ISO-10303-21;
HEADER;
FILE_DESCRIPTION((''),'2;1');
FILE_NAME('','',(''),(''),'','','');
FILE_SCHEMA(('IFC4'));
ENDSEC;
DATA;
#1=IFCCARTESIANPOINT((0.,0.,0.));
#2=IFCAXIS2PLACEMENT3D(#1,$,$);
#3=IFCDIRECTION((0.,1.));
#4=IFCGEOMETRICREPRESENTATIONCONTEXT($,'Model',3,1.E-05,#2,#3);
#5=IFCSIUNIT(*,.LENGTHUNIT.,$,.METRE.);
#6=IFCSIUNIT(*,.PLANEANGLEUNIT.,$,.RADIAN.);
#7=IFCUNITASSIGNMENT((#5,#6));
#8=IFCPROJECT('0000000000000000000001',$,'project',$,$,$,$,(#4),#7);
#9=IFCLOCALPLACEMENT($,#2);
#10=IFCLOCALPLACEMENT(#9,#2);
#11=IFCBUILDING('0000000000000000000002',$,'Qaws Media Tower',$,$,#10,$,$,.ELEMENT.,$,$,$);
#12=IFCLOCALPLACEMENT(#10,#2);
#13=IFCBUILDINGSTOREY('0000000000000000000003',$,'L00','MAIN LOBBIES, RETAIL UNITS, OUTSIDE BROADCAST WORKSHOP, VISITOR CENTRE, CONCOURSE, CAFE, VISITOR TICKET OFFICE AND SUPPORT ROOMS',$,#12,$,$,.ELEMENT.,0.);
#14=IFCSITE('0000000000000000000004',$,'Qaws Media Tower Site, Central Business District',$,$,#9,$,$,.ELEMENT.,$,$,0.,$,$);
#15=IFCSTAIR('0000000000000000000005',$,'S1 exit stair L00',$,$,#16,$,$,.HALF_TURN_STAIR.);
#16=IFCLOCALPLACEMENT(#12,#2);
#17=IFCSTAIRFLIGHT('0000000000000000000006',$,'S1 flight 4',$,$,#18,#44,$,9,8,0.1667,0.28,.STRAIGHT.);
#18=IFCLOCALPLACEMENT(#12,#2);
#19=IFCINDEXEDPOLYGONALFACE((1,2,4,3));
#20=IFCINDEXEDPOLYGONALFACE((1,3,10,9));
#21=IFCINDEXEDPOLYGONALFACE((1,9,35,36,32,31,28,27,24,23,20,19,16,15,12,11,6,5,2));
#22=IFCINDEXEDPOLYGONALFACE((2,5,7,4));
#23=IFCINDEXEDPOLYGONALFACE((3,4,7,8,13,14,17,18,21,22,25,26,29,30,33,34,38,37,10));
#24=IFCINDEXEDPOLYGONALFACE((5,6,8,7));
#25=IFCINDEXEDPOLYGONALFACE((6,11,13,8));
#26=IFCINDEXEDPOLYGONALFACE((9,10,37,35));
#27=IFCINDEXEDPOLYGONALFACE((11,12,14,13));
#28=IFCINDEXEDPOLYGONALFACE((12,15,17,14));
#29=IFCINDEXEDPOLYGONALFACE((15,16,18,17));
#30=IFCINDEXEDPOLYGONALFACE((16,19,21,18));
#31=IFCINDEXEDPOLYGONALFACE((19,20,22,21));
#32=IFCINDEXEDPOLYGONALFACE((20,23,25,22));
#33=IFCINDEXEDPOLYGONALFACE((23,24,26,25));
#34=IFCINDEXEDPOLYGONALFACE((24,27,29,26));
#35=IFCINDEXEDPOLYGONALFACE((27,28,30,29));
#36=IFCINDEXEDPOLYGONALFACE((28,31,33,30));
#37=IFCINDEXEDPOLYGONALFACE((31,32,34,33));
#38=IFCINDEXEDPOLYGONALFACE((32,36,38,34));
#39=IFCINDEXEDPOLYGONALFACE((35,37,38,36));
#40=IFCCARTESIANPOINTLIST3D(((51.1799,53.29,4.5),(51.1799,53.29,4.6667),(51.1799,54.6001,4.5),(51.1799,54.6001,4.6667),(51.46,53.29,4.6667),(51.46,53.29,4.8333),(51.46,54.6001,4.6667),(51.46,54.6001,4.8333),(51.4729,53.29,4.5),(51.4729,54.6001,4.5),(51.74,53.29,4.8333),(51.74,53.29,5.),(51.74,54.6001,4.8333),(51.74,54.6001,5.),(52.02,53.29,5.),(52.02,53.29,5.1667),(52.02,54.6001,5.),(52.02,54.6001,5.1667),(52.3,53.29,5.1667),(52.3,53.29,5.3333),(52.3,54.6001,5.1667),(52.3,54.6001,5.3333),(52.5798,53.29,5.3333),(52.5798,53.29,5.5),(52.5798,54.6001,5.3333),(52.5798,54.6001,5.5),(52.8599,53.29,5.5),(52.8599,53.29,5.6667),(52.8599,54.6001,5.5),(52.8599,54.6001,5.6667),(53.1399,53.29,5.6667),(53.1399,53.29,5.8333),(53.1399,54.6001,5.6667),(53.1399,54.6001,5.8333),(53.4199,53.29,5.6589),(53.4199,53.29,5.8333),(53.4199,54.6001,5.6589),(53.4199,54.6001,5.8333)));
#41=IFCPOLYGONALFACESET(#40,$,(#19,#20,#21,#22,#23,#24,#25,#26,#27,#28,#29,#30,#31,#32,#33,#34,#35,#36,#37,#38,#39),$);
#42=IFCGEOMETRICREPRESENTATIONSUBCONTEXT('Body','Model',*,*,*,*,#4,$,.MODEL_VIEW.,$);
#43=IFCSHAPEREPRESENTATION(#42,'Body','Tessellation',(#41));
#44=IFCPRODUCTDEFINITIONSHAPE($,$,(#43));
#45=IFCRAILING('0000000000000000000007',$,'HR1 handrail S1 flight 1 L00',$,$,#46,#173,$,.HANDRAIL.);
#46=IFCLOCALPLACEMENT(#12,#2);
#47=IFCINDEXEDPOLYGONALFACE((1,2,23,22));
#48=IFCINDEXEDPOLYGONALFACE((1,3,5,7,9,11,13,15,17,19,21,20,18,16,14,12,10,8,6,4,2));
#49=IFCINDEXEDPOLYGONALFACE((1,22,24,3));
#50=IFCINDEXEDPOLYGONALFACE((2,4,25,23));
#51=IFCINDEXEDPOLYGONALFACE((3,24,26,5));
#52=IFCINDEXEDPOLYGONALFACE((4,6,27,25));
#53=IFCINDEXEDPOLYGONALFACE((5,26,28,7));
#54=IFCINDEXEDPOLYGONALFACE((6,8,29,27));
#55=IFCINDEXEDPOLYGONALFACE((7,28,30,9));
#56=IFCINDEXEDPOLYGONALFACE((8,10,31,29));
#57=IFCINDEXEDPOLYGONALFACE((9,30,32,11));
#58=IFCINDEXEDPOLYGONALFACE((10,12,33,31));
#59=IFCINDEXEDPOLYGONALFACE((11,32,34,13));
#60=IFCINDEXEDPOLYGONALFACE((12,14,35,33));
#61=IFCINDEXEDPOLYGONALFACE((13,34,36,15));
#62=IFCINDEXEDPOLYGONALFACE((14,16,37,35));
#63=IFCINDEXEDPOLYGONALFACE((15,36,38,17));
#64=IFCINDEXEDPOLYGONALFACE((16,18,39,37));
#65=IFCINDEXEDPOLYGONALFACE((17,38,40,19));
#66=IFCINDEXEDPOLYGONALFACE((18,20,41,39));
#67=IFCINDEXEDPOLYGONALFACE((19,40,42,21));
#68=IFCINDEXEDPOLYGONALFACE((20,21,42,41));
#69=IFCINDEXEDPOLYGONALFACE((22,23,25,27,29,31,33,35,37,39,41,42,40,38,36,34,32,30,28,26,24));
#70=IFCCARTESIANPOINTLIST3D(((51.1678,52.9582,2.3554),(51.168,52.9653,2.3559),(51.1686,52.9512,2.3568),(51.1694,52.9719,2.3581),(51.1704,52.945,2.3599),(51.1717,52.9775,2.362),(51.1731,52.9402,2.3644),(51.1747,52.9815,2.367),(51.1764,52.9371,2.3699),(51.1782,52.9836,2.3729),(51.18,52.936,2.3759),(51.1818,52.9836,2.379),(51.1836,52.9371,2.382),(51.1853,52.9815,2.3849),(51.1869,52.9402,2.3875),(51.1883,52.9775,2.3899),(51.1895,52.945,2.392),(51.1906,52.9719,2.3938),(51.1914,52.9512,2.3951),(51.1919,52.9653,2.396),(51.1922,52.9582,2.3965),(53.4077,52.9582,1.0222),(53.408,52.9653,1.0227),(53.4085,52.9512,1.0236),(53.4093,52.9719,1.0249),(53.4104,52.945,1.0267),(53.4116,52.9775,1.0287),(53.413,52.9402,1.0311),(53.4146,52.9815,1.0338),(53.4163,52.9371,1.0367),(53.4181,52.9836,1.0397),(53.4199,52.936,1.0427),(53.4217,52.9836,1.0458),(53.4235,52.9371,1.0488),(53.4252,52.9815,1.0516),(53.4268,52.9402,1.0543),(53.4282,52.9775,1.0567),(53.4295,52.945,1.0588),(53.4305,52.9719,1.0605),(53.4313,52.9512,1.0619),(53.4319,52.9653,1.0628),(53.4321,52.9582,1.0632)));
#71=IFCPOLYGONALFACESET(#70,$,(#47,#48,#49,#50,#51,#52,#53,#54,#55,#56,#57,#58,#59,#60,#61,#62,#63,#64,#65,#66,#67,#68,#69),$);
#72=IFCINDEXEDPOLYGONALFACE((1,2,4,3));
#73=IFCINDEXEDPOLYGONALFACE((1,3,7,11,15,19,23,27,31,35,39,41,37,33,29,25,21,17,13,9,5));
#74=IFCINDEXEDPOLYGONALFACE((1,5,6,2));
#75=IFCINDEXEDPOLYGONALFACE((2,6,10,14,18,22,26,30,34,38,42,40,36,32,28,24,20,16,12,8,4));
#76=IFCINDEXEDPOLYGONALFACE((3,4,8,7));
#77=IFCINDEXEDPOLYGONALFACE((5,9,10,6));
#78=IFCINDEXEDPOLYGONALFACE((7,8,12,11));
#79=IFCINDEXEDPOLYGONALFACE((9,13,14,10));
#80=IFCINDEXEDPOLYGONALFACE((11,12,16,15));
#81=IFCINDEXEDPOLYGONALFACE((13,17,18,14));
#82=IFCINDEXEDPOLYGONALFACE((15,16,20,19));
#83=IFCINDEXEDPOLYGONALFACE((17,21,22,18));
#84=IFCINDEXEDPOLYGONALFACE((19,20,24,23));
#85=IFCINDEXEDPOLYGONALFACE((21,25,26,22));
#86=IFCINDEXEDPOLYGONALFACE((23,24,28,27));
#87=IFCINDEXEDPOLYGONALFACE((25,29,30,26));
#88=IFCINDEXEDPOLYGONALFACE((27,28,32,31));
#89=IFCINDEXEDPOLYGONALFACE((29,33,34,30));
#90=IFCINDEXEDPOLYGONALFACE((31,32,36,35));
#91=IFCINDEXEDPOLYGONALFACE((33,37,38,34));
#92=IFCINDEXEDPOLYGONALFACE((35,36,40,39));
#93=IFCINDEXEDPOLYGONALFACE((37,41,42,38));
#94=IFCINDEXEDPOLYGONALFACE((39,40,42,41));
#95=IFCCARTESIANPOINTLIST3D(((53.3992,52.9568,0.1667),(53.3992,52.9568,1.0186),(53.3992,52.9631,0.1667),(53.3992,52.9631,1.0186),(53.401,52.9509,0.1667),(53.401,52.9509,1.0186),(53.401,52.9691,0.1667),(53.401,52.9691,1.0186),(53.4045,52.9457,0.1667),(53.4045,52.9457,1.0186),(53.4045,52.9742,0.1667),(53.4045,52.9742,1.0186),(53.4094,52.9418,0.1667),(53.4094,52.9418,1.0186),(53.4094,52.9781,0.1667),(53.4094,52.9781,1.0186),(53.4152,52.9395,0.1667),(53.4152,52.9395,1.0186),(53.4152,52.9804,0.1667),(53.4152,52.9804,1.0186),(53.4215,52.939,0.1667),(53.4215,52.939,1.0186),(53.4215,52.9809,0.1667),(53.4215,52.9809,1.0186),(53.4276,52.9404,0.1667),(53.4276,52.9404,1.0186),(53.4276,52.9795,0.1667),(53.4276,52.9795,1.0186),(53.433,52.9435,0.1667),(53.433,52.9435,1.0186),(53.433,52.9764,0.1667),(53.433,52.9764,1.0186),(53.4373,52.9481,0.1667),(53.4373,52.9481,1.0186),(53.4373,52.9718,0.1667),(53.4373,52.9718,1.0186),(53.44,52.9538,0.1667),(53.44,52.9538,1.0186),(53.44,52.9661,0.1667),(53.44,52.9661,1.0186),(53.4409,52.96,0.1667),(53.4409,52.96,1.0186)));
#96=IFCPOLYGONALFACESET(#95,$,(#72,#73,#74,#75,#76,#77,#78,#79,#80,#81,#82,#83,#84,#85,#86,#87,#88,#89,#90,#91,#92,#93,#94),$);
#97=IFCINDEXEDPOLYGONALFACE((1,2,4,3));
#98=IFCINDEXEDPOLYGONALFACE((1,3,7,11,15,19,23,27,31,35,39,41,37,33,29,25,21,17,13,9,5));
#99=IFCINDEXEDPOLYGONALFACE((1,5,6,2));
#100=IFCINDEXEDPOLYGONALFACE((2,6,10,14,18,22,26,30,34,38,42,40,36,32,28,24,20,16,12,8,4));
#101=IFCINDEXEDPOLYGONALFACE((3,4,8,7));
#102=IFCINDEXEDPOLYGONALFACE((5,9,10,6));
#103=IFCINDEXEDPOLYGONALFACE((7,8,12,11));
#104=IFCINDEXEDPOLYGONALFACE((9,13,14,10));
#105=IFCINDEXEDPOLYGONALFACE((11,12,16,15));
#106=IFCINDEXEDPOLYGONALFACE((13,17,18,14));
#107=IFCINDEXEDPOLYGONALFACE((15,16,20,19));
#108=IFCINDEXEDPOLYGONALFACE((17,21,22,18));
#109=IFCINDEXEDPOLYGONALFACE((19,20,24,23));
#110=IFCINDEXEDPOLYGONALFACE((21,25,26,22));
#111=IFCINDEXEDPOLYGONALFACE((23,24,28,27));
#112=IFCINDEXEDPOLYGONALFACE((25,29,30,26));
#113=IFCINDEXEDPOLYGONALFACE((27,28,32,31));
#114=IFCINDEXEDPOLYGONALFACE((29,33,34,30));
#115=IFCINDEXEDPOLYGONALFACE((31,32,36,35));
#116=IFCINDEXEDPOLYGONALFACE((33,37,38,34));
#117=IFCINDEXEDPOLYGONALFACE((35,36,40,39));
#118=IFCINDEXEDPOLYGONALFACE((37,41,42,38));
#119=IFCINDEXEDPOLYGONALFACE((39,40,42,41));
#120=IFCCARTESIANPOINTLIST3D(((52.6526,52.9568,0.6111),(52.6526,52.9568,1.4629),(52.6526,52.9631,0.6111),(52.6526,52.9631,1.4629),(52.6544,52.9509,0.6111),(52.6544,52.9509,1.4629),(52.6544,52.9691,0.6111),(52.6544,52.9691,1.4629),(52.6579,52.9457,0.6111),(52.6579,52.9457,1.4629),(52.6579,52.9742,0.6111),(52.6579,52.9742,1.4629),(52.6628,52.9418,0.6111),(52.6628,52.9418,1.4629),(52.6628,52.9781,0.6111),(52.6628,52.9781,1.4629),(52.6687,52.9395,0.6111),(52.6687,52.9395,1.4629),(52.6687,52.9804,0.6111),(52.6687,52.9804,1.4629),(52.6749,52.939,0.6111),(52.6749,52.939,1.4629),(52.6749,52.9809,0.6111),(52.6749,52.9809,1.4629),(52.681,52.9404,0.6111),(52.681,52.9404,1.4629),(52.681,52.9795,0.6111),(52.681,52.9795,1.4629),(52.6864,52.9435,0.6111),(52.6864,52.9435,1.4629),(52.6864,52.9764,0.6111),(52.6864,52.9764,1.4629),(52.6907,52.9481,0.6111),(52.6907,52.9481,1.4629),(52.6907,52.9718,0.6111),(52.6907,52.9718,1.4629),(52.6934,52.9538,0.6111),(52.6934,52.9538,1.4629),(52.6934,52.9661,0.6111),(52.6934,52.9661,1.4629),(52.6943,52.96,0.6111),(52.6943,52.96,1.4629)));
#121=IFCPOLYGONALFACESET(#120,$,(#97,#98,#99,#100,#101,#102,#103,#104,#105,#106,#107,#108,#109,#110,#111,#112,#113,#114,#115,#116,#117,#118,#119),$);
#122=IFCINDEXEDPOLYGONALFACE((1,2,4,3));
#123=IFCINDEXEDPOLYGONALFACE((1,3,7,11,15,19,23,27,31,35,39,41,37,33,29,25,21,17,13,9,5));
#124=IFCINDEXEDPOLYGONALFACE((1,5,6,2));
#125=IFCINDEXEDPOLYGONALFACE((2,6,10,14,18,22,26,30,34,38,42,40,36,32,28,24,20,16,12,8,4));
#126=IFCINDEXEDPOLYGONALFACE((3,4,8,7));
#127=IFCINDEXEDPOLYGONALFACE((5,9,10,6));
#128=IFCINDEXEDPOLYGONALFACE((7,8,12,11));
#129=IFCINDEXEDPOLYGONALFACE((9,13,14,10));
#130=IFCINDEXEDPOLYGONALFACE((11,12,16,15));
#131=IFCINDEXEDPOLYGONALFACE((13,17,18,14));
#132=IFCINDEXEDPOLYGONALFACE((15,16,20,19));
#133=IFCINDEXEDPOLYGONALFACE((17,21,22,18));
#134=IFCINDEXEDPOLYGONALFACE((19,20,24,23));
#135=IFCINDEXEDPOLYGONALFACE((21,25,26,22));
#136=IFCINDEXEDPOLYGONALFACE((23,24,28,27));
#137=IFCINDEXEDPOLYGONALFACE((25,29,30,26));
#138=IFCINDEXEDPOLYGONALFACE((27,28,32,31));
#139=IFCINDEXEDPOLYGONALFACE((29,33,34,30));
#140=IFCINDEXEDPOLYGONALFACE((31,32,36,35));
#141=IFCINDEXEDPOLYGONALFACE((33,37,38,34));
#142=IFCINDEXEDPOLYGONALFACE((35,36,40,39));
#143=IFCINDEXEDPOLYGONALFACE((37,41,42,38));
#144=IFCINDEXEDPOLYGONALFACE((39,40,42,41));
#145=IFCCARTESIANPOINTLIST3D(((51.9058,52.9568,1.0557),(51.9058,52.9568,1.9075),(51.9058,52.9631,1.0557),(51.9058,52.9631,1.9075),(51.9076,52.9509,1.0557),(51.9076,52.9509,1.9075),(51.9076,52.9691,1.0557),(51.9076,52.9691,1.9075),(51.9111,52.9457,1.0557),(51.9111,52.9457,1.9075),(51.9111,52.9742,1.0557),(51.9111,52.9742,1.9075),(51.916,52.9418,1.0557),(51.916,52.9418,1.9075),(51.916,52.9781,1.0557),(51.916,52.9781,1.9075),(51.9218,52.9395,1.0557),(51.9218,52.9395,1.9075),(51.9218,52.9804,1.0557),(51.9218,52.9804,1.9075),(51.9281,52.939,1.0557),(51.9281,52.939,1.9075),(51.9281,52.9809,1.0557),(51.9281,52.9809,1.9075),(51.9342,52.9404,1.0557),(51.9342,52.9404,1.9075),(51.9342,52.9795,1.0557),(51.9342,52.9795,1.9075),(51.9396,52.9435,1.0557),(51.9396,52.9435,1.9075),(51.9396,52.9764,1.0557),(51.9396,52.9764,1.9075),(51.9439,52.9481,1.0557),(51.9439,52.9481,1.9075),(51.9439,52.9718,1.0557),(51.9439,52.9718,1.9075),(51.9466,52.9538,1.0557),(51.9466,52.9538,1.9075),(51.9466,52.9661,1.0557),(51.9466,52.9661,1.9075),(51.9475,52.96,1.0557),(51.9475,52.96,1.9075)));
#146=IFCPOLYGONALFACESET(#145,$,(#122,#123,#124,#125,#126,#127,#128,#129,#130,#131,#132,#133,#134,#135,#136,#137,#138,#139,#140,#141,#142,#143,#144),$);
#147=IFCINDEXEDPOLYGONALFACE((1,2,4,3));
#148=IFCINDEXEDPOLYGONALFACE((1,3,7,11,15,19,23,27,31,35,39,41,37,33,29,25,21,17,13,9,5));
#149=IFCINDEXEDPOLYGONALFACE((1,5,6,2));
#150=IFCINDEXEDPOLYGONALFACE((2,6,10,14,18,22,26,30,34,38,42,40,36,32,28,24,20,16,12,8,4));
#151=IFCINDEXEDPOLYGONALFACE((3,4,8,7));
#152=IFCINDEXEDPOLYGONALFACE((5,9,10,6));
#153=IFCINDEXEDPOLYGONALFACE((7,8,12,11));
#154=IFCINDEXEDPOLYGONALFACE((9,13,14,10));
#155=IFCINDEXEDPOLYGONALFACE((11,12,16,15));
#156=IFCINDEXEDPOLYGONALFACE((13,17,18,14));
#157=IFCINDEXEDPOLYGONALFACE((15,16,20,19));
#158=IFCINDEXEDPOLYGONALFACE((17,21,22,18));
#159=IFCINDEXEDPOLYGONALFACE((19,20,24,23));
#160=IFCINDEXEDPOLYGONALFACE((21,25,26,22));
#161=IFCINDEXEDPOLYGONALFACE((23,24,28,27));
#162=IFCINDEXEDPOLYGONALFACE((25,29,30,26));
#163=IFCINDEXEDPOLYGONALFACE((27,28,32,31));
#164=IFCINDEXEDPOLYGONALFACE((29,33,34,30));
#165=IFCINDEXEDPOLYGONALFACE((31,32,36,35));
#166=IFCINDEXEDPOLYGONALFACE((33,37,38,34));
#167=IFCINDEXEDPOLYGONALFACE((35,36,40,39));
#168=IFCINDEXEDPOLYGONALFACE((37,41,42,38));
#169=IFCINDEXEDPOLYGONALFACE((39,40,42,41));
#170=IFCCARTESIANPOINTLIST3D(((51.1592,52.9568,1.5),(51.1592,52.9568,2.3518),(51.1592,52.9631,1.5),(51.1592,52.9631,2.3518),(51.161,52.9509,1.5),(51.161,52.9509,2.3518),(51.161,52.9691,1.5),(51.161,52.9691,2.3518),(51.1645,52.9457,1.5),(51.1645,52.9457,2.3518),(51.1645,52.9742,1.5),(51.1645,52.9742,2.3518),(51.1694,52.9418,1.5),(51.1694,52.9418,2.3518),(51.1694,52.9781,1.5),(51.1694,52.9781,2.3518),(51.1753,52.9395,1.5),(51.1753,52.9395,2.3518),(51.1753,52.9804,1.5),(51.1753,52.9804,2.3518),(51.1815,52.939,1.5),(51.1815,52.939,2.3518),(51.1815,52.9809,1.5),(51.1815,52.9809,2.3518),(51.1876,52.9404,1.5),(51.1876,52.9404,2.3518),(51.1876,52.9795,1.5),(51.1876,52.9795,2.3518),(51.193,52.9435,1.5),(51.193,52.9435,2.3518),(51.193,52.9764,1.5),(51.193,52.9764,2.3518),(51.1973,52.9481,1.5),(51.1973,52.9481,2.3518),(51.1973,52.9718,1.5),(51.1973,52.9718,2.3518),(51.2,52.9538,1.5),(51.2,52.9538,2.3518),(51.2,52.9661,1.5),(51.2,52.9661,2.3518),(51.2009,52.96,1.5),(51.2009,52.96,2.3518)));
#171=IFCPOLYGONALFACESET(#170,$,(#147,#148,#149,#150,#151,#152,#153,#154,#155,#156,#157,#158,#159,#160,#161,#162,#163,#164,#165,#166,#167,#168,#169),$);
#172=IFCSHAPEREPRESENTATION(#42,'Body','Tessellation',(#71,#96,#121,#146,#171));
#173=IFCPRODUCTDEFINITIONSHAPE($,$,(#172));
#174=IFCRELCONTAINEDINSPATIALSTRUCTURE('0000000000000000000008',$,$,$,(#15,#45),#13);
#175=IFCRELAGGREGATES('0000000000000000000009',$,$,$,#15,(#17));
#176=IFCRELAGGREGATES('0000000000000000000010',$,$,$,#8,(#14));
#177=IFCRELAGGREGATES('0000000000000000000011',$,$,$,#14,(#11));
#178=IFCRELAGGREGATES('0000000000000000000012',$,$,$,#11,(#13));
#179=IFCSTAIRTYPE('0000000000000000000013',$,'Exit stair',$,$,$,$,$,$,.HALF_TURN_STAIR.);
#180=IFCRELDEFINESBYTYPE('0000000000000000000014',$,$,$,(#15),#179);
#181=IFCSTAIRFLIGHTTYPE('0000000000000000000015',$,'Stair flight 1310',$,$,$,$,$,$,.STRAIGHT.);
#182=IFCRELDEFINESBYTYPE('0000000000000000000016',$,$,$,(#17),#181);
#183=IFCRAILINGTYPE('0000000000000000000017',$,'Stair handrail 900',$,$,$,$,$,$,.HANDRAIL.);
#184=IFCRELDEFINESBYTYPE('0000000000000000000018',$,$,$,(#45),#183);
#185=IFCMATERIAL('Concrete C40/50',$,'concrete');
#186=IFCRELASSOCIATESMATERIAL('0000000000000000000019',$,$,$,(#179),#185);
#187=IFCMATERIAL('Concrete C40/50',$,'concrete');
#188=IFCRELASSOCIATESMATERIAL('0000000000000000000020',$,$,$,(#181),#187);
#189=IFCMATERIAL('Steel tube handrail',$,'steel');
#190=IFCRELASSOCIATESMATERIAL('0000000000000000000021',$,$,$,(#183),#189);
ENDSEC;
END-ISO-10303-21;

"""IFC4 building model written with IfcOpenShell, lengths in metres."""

from ifc_helpers import new_model, si_unit, direction, frame, origin, origin_2d, place, context, subcontext, project, spatial, polyline, circle, outline, extrude, material, type_object, element, aggregate, save


model = new_model("IFC4")

# Units and contexts
model_context = context("Model", 3, precision=1e-05, world=origin(), true_north=direction((0.0, 1.0)))
body_context = subcontext(model_context, "Body", "Model", "MODEL_VIEW")
ifc_project = project(units=[si_unit("LENGTHUNIT", "METRE"), si_unit("PLANEANGLEUNIT", "RADIAN")], contexts=[model_context])

# Site, building, storey
site_placement = place(None, origin())
site = spatial("IfcSite", under=ifc_project, at=site_placement, Name="Qaws Media Tower Site, Central Business District", CompositionType="ELEMENT", RefElevation=0.0)
building_placement = place(site_placement, origin())
building = spatial("IfcBuilding", under=site, at=building_placement, Name="Qaws Media Tower", CompositionType="ELEMENT")
storey_placement = place(building_placement, origin())
storey = spatial("IfcBuildingStorey", under=building, at=storey_placement, Name="L00", Description="MAIN LOBBIES, RETAIL UNITS, OUTSIDE BROADCAST WORKSHOP, VISITOR CENTRE, CONCOURSE, CAFE, VISITOR TICKET OFFICE AND SUPPORT ROOMS", CompositionType="ELEMENT", Elevation=0.0)

# Stair, stair flight
ifc_material_1 = material(Name="Concrete C40/50", Category="concrete")
stair_type = type_object("IfcStairType", Name="Exit stair", PredefinedType="HALF_TURN_STAIR", material=ifc_material_1)
stair_placement = place(storey_placement, origin())
stair = element("IfcStair", 1, at=stair_placement, inside=storey, type_object=stair_type, Name="S1 exit stair L00", PredefinedType="HALF_TURN_STAIR")
ifc_material_2 = material(Name="Concrete C40/50", Category="concrete")
stair_flight_type = type_object("IfcStairFlightType", Name="Stair flight 1310", PredefinedType="STRAIGHT", material=ifc_material_2)
stair_flight_1_placement = place(storey_placement, frame((51.1799, 53.9451, 4.5), z_axis=(0.0, 0.0, 1.0), x_axis=(1.0, 0.0, 0.0)))
stair_flight_1 = element("IfcStairFlight", 2, at=stair_flight_1_placement, type_object=stair_flight_type, Name="S1 flight 4", NumberOfRisers=9, NumberOfTreads=8, PredefinedType="STRAIGHT", RiserHeight=0.1667, TreadLength=0.28, context=body_context, shape_type="SweptSolid", body=[
    extrude(outline(polyline([(0.0, 0.0), (0.0, 0.1667), (0.28, 0.1667), (0.28, 0.3333), (0.5601, 0.3333), (0.5601, 0.5), (0.8401, 0.5), (0.8401, 0.6667), (1.1201, 0.6667), (1.1201, 0.8333), (1.3999, 0.8333), (1.3999, 1.0), (1.6799, 1.0), (1.6799, 1.1667), (1.96, 1.1667), (1.96, 1.3333), (2.24, 1.3333), (2.24, 1.5), (2.24, 1.1589), (0.293, 0.0), (0.0, 0.0)])), frame((0.0, 0.655, 0.0), z_axis=(0.0, -1.0, 0.0), x_axis=(1.0, 0.0, 0.0)), (0.0, 0.0, 1.0), 1.3101),
])
aggregate(stair, [stair_flight_1])

# Railing
ifc_material_3 = material(Name="Steel tube handrail", Category="steel")
railing_type = type_object("IfcRailingType", Name="Stair handrail 900", PredefinedType="HANDRAIL", material=ifc_material_3)
railing_1_placement = place(storey_placement, frame((53.4199, 52.96, 0.1667)))
element("IfcRailing", 3, at=railing_1_placement, inside=storey, type_object=railing_type, Name="HR1 handrail S1 flight 1 L00", PredefinedType="HANDRAIL", context=body_context, shape_type="SweptSolid", body=[
    extrude(circle(Radius=0.0239, at=origin_2d()), frame((0.0, 0.0, 0.876), z_axis=(-0.859306, 0.0, 0.511462), x_axis=(0.0, -1.0, 0.0)), (0.0, 0.0, 1.0), 2.6067),
    extrude(circle(Radius=0.021, at=origin_2d()), origin(), (0.0, 0.0, 1.0), 0.8518),
    extrude(circle(Radius=0.021, at=origin_2d()), frame((-0.7466, 0.0, 0.4443)), (0.0, 0.0, 1.0), 0.8518),
    extrude(circle(Radius=0.021, at=origin_2d()), frame((-1.4934, 0.0, 0.8889)), (0.0, 0.0, 1.0), 0.8518),
    extrude(circle(Radius=0.021, at=origin_2d()), frame((-2.24, 0.0, 1.3333)), (0.0, 0.0, 1.0), 0.8518),
])

save(model, "model.ifc")
